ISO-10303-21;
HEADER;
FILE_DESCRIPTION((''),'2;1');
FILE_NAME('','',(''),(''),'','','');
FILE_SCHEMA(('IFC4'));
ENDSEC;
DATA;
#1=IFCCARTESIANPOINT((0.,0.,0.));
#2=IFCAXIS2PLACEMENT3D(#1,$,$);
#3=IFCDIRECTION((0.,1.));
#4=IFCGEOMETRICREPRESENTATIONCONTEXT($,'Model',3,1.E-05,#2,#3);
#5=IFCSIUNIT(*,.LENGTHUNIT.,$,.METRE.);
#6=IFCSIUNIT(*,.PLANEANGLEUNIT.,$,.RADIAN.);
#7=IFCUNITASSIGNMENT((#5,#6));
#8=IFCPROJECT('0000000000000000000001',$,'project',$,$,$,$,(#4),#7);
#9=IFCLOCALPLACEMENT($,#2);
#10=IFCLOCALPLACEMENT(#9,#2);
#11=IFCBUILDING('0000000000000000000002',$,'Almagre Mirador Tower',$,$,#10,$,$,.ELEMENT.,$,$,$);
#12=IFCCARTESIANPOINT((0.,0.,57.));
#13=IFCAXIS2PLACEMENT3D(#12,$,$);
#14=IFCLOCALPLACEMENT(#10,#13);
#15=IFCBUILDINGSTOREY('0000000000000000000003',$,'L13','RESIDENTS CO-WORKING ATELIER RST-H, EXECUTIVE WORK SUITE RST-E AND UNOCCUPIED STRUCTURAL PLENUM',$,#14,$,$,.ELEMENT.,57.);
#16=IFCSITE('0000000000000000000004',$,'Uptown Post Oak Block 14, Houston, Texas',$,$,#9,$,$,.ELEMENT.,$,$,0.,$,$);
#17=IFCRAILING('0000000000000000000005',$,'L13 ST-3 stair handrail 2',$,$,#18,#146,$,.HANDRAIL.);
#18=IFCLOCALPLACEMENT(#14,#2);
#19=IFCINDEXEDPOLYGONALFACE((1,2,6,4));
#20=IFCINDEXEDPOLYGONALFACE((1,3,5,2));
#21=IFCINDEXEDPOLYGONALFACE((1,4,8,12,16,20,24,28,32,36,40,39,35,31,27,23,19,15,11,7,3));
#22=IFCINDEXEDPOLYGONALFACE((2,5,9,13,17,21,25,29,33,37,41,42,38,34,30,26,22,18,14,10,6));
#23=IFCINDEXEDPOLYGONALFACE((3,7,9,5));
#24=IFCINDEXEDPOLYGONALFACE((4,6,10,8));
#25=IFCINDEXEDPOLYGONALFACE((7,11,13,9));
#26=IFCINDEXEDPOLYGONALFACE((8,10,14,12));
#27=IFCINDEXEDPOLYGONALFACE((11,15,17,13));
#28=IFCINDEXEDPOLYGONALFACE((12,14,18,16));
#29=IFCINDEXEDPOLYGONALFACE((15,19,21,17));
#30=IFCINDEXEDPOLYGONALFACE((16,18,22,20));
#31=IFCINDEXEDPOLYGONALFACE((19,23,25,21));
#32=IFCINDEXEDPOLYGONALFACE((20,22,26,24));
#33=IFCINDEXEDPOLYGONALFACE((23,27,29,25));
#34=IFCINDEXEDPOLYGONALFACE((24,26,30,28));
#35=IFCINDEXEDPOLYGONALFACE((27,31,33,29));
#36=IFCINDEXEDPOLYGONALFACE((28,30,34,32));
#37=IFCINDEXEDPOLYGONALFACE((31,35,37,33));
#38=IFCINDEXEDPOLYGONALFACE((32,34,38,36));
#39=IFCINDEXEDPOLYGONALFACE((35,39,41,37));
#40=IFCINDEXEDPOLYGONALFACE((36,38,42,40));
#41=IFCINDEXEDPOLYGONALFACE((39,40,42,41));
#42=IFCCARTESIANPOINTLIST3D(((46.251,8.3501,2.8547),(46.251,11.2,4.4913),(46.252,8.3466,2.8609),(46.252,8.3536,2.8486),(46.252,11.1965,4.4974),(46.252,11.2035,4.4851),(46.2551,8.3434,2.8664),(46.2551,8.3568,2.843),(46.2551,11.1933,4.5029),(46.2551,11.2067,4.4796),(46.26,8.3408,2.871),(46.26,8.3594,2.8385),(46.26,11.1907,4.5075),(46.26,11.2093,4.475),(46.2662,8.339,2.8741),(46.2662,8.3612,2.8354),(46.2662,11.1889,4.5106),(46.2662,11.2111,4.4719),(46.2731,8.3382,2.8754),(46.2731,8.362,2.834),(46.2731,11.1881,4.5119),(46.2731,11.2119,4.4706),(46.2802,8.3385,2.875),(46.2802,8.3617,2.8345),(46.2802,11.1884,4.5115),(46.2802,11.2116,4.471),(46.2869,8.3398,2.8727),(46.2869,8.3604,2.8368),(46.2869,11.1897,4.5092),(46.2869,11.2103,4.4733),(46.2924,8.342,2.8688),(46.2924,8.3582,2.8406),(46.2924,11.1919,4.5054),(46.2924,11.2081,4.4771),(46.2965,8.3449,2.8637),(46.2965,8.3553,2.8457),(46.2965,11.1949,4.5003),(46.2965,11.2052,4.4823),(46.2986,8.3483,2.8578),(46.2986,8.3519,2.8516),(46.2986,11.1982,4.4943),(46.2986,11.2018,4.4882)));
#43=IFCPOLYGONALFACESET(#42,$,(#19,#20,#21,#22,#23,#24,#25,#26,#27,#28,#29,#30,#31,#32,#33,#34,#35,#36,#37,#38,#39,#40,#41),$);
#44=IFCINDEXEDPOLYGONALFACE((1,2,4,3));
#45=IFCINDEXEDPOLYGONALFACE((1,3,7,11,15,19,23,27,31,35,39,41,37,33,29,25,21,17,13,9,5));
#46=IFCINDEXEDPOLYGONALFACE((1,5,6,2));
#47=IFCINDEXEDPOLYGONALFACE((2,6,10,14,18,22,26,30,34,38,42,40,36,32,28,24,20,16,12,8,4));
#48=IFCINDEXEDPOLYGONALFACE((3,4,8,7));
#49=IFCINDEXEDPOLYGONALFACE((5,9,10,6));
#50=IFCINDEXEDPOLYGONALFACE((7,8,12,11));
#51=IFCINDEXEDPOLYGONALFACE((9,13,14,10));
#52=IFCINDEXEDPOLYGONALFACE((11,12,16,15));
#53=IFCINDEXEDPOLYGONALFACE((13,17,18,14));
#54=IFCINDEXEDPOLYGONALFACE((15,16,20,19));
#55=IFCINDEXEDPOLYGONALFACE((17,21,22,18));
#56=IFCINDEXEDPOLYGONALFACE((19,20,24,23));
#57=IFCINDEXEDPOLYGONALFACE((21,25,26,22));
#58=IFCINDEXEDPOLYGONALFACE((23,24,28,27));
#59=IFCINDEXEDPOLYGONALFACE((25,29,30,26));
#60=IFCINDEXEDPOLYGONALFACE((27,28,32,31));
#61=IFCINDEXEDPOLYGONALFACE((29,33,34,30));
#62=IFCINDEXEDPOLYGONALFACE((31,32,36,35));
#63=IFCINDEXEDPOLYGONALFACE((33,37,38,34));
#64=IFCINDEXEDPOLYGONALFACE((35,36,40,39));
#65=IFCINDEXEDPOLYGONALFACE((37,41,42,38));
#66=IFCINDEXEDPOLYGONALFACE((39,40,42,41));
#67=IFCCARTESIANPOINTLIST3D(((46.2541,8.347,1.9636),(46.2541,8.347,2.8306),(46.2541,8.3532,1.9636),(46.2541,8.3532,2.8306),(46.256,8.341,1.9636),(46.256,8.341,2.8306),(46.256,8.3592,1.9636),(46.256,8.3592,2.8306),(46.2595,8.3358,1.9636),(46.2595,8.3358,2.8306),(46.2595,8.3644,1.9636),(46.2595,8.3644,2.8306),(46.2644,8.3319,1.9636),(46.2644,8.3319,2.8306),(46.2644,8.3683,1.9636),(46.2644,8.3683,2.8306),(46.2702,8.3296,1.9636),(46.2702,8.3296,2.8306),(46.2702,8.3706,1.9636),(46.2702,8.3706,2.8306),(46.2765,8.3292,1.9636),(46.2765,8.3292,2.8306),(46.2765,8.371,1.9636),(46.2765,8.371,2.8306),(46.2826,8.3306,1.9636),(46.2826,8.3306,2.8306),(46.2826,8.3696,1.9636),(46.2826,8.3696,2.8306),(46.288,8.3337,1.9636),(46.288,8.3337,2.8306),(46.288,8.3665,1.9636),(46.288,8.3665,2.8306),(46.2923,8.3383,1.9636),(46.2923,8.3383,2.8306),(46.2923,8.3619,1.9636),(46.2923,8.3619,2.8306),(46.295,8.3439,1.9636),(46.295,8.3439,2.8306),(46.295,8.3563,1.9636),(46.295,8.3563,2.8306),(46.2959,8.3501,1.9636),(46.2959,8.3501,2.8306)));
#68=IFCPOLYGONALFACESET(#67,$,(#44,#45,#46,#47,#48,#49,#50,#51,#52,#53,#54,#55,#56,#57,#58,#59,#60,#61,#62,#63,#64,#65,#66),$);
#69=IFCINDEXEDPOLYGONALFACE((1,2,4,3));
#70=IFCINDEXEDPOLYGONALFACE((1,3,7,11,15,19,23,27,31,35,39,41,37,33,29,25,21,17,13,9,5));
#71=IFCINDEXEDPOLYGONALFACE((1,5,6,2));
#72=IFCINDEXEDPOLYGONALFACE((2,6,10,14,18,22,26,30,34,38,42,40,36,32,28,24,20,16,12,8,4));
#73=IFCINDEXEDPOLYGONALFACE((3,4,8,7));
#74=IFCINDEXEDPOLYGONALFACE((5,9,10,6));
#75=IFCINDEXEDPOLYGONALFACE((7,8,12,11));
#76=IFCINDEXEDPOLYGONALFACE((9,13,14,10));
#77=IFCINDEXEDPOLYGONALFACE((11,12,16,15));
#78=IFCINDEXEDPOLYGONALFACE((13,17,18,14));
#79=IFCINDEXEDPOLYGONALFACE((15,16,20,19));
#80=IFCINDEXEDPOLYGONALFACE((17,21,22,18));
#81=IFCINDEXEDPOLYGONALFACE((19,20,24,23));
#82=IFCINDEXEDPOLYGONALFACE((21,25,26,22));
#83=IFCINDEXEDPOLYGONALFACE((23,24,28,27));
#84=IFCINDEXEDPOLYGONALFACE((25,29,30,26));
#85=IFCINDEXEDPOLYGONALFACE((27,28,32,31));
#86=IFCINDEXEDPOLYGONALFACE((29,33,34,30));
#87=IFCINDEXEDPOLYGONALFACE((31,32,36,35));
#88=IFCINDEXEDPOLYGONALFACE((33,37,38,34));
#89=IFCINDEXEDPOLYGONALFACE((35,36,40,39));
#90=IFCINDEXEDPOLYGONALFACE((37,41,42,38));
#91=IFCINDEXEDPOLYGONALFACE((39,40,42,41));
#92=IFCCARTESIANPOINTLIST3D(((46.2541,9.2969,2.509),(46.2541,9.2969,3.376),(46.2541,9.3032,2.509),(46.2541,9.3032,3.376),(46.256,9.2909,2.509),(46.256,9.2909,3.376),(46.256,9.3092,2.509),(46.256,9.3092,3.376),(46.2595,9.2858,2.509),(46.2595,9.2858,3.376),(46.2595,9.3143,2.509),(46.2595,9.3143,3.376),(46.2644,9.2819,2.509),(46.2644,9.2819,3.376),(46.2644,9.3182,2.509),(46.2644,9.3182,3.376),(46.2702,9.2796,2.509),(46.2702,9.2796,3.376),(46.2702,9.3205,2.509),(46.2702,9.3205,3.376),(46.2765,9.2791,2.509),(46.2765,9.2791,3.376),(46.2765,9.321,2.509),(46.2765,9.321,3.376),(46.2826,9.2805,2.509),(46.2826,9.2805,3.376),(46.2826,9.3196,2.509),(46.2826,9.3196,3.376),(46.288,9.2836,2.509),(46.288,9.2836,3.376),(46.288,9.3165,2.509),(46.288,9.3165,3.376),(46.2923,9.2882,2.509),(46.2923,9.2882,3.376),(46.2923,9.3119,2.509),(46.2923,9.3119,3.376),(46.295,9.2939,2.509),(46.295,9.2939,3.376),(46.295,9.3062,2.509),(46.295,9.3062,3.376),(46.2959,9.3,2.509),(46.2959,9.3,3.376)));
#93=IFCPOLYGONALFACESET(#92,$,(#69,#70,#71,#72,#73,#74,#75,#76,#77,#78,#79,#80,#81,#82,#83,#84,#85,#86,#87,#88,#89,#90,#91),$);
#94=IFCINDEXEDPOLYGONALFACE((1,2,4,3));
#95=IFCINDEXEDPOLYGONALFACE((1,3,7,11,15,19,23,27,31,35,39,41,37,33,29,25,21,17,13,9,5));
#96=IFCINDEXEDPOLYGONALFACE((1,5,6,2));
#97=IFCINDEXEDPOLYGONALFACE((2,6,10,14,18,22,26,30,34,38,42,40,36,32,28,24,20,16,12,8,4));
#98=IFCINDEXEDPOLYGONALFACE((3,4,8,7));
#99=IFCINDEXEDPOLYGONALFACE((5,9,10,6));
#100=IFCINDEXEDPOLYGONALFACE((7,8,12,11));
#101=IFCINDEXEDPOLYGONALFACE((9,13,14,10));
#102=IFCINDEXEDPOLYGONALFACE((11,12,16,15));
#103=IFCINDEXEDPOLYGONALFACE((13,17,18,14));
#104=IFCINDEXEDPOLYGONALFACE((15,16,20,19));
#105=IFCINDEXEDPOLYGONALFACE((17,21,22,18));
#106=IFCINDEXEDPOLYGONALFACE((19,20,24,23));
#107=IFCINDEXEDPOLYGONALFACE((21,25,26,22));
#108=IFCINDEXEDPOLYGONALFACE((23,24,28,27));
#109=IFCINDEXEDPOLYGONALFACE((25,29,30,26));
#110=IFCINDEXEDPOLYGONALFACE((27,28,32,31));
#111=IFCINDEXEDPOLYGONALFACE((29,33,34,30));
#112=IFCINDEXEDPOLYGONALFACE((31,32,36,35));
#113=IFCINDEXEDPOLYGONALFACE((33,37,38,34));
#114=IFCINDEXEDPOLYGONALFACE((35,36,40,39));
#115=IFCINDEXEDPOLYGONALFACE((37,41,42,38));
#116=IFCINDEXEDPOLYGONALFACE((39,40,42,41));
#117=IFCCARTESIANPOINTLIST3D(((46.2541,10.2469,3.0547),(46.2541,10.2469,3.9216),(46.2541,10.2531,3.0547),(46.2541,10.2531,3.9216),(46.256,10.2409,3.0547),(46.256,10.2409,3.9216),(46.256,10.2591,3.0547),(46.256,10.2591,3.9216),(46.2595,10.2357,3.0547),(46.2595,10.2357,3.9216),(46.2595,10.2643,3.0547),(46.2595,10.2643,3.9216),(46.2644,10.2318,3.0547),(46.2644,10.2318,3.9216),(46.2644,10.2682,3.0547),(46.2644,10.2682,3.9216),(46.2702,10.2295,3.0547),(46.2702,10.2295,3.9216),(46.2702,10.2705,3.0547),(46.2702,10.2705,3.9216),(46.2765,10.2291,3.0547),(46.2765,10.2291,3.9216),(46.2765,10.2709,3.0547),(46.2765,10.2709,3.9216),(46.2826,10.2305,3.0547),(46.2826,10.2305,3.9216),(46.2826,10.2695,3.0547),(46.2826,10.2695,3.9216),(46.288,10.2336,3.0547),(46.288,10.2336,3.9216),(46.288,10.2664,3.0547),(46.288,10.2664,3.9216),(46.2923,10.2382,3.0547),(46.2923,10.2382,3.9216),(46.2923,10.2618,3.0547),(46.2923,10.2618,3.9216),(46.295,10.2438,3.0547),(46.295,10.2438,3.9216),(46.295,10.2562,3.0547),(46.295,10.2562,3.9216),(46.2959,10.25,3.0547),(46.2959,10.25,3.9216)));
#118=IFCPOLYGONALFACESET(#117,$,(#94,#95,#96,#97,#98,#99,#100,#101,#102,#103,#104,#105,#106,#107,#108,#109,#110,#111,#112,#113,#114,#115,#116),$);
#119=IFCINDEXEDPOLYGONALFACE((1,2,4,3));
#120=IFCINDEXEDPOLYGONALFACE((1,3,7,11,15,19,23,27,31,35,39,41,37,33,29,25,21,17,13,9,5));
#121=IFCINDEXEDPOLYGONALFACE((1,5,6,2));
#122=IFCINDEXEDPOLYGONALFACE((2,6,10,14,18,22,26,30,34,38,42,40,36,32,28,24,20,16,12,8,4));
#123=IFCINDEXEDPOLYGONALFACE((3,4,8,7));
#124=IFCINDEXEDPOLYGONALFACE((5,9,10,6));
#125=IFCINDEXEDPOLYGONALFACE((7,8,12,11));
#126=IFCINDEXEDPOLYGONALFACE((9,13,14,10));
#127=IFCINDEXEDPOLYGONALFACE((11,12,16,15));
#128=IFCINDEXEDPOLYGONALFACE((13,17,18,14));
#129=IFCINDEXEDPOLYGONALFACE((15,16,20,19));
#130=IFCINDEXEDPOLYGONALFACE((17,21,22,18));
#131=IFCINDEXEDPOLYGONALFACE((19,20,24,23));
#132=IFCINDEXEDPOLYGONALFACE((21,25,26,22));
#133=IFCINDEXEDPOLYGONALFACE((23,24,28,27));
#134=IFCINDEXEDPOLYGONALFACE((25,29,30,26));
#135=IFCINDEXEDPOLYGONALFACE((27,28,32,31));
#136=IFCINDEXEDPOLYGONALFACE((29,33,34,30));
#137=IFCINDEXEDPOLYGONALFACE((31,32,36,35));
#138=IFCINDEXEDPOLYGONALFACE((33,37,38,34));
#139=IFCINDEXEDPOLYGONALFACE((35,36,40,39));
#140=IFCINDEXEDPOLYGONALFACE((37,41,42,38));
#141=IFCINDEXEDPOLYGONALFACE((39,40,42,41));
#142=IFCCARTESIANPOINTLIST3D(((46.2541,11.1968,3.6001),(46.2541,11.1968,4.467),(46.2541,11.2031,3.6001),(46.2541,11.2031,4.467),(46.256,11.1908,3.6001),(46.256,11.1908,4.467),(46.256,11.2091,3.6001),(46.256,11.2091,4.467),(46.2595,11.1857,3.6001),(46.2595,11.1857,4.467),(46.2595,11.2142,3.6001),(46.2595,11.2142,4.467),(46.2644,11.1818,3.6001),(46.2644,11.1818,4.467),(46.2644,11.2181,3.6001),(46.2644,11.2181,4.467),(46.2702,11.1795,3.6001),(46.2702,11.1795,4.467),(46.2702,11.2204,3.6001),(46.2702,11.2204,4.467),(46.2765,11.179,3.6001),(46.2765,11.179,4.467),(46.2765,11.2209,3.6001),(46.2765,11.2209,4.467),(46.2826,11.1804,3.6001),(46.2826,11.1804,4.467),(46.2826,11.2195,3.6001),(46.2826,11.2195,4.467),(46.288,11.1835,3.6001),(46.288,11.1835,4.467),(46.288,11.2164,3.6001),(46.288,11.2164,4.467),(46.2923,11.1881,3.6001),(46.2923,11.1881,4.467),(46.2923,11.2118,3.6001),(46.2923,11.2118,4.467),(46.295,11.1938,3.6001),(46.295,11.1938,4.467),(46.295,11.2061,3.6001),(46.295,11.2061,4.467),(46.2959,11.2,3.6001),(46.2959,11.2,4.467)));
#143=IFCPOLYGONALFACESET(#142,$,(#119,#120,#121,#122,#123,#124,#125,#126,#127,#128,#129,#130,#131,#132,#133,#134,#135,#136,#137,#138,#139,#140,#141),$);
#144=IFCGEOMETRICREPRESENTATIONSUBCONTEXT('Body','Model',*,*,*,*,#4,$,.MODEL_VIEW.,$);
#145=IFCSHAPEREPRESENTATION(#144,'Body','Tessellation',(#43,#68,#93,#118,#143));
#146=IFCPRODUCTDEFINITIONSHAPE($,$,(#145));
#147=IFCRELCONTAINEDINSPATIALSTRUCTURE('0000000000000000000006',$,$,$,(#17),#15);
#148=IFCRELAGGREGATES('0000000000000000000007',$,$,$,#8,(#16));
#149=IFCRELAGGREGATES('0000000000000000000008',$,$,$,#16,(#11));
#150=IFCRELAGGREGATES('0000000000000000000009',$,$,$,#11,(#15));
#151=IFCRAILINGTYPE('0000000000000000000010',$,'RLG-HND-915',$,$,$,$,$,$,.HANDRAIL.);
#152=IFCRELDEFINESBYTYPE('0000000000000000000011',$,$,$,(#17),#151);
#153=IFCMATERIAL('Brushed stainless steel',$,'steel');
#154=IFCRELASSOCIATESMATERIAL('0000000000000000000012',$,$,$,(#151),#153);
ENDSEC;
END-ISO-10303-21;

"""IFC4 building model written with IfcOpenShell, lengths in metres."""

from ifc_helpers import new_model, si_unit, direction, frame, origin, origin_2d, place, context, subcontext, project, spatial, circle, extrude, material, type_object, element, save


model = new_model("IFC4")

# Units and contexts
model_context = context("Model", 3, precision=1e-05, world=origin(), true_north=direction((0.0, 1.0)))
body_context = subcontext(model_context, "Body", "Model", "MODEL_VIEW")
ifc_project = project(units=[si_unit("LENGTHUNIT", "METRE"), si_unit("PLANEANGLEUNIT", "RADIAN")], contexts=[model_context])

# Site, building, storey
site_placement = place(None, origin())
site = spatial("IfcSite", under=ifc_project, at=site_placement, Name="Uptown Post Oak Block 14, Houston, Texas", CompositionType="ELEMENT", RefElevation=0.0)
building_placement = place(site_placement, origin())
building = spatial("IfcBuilding", under=site, at=building_placement, Name="Almagre Mirador Tower", CompositionType="ELEMENT")
storey_placement = place(building_placement, frame((0.0, 0.0, 57.0)))
storey = spatial("IfcBuildingStorey", under=building, at=storey_placement, Name="L13", Description="RESIDENTS CO-WORKING ATELIER RST-H, EXECUTIVE WORK SUITE RST-E AND UNOCCUPIED STRUCTURAL PLENUM", CompositionType="ELEMENT", Elevation=57.0)

# Railing
ifc_material_1 = material(Name="Brushed stainless steel", Category="steel")
railing_type_1 = type_object("IfcRailingType", Name="RLG-HND-915", PredefinedType="HANDRAIL", material=ifc_material_1)
railing_1_placement = place(storey_placement, frame((46.2749, 8.3501, 1.9636)))
element("IfcRailing", 1, at=railing_1_placement, inside=storey, type_object=railing_type_1, Name="L13 ST-3 stair handrail 2", PredefinedType="HANDRAIL", context=body_context, shape_type="SweptSolid", body=[
    extrude(circle(Radius=0.0239, at=origin_2d()), frame((0.0, 0.0, 0.8911), z_axis=(0.0, 0.867194, 0.49797), x_axis=(-1.0, 0.0, 0.0)), (0.0, 0.0, 1.0), 3.2864),
    extrude(circle(Radius=0.021, at=origin_2d()), origin(), (0.0, 0.0, 1.0), 0.8669),
    extrude(circle(Radius=0.021, at=origin_2d()), frame((0.0, 0.95, 0.5454)), (0.0, 0.0, 1.0), 0.8669),
    extrude(circle(Radius=0.021, at=origin_2d()), frame((0.0, 1.8999, 1.0911)), (0.0, 0.0, 1.0), 0.8669),
    extrude(circle(Radius=0.021, at=origin_2d()), frame((0.0, 2.8499, 1.6365)), (0.0, 0.0, 1.0), 0.8669),
])

save(model, "model.ifc")
